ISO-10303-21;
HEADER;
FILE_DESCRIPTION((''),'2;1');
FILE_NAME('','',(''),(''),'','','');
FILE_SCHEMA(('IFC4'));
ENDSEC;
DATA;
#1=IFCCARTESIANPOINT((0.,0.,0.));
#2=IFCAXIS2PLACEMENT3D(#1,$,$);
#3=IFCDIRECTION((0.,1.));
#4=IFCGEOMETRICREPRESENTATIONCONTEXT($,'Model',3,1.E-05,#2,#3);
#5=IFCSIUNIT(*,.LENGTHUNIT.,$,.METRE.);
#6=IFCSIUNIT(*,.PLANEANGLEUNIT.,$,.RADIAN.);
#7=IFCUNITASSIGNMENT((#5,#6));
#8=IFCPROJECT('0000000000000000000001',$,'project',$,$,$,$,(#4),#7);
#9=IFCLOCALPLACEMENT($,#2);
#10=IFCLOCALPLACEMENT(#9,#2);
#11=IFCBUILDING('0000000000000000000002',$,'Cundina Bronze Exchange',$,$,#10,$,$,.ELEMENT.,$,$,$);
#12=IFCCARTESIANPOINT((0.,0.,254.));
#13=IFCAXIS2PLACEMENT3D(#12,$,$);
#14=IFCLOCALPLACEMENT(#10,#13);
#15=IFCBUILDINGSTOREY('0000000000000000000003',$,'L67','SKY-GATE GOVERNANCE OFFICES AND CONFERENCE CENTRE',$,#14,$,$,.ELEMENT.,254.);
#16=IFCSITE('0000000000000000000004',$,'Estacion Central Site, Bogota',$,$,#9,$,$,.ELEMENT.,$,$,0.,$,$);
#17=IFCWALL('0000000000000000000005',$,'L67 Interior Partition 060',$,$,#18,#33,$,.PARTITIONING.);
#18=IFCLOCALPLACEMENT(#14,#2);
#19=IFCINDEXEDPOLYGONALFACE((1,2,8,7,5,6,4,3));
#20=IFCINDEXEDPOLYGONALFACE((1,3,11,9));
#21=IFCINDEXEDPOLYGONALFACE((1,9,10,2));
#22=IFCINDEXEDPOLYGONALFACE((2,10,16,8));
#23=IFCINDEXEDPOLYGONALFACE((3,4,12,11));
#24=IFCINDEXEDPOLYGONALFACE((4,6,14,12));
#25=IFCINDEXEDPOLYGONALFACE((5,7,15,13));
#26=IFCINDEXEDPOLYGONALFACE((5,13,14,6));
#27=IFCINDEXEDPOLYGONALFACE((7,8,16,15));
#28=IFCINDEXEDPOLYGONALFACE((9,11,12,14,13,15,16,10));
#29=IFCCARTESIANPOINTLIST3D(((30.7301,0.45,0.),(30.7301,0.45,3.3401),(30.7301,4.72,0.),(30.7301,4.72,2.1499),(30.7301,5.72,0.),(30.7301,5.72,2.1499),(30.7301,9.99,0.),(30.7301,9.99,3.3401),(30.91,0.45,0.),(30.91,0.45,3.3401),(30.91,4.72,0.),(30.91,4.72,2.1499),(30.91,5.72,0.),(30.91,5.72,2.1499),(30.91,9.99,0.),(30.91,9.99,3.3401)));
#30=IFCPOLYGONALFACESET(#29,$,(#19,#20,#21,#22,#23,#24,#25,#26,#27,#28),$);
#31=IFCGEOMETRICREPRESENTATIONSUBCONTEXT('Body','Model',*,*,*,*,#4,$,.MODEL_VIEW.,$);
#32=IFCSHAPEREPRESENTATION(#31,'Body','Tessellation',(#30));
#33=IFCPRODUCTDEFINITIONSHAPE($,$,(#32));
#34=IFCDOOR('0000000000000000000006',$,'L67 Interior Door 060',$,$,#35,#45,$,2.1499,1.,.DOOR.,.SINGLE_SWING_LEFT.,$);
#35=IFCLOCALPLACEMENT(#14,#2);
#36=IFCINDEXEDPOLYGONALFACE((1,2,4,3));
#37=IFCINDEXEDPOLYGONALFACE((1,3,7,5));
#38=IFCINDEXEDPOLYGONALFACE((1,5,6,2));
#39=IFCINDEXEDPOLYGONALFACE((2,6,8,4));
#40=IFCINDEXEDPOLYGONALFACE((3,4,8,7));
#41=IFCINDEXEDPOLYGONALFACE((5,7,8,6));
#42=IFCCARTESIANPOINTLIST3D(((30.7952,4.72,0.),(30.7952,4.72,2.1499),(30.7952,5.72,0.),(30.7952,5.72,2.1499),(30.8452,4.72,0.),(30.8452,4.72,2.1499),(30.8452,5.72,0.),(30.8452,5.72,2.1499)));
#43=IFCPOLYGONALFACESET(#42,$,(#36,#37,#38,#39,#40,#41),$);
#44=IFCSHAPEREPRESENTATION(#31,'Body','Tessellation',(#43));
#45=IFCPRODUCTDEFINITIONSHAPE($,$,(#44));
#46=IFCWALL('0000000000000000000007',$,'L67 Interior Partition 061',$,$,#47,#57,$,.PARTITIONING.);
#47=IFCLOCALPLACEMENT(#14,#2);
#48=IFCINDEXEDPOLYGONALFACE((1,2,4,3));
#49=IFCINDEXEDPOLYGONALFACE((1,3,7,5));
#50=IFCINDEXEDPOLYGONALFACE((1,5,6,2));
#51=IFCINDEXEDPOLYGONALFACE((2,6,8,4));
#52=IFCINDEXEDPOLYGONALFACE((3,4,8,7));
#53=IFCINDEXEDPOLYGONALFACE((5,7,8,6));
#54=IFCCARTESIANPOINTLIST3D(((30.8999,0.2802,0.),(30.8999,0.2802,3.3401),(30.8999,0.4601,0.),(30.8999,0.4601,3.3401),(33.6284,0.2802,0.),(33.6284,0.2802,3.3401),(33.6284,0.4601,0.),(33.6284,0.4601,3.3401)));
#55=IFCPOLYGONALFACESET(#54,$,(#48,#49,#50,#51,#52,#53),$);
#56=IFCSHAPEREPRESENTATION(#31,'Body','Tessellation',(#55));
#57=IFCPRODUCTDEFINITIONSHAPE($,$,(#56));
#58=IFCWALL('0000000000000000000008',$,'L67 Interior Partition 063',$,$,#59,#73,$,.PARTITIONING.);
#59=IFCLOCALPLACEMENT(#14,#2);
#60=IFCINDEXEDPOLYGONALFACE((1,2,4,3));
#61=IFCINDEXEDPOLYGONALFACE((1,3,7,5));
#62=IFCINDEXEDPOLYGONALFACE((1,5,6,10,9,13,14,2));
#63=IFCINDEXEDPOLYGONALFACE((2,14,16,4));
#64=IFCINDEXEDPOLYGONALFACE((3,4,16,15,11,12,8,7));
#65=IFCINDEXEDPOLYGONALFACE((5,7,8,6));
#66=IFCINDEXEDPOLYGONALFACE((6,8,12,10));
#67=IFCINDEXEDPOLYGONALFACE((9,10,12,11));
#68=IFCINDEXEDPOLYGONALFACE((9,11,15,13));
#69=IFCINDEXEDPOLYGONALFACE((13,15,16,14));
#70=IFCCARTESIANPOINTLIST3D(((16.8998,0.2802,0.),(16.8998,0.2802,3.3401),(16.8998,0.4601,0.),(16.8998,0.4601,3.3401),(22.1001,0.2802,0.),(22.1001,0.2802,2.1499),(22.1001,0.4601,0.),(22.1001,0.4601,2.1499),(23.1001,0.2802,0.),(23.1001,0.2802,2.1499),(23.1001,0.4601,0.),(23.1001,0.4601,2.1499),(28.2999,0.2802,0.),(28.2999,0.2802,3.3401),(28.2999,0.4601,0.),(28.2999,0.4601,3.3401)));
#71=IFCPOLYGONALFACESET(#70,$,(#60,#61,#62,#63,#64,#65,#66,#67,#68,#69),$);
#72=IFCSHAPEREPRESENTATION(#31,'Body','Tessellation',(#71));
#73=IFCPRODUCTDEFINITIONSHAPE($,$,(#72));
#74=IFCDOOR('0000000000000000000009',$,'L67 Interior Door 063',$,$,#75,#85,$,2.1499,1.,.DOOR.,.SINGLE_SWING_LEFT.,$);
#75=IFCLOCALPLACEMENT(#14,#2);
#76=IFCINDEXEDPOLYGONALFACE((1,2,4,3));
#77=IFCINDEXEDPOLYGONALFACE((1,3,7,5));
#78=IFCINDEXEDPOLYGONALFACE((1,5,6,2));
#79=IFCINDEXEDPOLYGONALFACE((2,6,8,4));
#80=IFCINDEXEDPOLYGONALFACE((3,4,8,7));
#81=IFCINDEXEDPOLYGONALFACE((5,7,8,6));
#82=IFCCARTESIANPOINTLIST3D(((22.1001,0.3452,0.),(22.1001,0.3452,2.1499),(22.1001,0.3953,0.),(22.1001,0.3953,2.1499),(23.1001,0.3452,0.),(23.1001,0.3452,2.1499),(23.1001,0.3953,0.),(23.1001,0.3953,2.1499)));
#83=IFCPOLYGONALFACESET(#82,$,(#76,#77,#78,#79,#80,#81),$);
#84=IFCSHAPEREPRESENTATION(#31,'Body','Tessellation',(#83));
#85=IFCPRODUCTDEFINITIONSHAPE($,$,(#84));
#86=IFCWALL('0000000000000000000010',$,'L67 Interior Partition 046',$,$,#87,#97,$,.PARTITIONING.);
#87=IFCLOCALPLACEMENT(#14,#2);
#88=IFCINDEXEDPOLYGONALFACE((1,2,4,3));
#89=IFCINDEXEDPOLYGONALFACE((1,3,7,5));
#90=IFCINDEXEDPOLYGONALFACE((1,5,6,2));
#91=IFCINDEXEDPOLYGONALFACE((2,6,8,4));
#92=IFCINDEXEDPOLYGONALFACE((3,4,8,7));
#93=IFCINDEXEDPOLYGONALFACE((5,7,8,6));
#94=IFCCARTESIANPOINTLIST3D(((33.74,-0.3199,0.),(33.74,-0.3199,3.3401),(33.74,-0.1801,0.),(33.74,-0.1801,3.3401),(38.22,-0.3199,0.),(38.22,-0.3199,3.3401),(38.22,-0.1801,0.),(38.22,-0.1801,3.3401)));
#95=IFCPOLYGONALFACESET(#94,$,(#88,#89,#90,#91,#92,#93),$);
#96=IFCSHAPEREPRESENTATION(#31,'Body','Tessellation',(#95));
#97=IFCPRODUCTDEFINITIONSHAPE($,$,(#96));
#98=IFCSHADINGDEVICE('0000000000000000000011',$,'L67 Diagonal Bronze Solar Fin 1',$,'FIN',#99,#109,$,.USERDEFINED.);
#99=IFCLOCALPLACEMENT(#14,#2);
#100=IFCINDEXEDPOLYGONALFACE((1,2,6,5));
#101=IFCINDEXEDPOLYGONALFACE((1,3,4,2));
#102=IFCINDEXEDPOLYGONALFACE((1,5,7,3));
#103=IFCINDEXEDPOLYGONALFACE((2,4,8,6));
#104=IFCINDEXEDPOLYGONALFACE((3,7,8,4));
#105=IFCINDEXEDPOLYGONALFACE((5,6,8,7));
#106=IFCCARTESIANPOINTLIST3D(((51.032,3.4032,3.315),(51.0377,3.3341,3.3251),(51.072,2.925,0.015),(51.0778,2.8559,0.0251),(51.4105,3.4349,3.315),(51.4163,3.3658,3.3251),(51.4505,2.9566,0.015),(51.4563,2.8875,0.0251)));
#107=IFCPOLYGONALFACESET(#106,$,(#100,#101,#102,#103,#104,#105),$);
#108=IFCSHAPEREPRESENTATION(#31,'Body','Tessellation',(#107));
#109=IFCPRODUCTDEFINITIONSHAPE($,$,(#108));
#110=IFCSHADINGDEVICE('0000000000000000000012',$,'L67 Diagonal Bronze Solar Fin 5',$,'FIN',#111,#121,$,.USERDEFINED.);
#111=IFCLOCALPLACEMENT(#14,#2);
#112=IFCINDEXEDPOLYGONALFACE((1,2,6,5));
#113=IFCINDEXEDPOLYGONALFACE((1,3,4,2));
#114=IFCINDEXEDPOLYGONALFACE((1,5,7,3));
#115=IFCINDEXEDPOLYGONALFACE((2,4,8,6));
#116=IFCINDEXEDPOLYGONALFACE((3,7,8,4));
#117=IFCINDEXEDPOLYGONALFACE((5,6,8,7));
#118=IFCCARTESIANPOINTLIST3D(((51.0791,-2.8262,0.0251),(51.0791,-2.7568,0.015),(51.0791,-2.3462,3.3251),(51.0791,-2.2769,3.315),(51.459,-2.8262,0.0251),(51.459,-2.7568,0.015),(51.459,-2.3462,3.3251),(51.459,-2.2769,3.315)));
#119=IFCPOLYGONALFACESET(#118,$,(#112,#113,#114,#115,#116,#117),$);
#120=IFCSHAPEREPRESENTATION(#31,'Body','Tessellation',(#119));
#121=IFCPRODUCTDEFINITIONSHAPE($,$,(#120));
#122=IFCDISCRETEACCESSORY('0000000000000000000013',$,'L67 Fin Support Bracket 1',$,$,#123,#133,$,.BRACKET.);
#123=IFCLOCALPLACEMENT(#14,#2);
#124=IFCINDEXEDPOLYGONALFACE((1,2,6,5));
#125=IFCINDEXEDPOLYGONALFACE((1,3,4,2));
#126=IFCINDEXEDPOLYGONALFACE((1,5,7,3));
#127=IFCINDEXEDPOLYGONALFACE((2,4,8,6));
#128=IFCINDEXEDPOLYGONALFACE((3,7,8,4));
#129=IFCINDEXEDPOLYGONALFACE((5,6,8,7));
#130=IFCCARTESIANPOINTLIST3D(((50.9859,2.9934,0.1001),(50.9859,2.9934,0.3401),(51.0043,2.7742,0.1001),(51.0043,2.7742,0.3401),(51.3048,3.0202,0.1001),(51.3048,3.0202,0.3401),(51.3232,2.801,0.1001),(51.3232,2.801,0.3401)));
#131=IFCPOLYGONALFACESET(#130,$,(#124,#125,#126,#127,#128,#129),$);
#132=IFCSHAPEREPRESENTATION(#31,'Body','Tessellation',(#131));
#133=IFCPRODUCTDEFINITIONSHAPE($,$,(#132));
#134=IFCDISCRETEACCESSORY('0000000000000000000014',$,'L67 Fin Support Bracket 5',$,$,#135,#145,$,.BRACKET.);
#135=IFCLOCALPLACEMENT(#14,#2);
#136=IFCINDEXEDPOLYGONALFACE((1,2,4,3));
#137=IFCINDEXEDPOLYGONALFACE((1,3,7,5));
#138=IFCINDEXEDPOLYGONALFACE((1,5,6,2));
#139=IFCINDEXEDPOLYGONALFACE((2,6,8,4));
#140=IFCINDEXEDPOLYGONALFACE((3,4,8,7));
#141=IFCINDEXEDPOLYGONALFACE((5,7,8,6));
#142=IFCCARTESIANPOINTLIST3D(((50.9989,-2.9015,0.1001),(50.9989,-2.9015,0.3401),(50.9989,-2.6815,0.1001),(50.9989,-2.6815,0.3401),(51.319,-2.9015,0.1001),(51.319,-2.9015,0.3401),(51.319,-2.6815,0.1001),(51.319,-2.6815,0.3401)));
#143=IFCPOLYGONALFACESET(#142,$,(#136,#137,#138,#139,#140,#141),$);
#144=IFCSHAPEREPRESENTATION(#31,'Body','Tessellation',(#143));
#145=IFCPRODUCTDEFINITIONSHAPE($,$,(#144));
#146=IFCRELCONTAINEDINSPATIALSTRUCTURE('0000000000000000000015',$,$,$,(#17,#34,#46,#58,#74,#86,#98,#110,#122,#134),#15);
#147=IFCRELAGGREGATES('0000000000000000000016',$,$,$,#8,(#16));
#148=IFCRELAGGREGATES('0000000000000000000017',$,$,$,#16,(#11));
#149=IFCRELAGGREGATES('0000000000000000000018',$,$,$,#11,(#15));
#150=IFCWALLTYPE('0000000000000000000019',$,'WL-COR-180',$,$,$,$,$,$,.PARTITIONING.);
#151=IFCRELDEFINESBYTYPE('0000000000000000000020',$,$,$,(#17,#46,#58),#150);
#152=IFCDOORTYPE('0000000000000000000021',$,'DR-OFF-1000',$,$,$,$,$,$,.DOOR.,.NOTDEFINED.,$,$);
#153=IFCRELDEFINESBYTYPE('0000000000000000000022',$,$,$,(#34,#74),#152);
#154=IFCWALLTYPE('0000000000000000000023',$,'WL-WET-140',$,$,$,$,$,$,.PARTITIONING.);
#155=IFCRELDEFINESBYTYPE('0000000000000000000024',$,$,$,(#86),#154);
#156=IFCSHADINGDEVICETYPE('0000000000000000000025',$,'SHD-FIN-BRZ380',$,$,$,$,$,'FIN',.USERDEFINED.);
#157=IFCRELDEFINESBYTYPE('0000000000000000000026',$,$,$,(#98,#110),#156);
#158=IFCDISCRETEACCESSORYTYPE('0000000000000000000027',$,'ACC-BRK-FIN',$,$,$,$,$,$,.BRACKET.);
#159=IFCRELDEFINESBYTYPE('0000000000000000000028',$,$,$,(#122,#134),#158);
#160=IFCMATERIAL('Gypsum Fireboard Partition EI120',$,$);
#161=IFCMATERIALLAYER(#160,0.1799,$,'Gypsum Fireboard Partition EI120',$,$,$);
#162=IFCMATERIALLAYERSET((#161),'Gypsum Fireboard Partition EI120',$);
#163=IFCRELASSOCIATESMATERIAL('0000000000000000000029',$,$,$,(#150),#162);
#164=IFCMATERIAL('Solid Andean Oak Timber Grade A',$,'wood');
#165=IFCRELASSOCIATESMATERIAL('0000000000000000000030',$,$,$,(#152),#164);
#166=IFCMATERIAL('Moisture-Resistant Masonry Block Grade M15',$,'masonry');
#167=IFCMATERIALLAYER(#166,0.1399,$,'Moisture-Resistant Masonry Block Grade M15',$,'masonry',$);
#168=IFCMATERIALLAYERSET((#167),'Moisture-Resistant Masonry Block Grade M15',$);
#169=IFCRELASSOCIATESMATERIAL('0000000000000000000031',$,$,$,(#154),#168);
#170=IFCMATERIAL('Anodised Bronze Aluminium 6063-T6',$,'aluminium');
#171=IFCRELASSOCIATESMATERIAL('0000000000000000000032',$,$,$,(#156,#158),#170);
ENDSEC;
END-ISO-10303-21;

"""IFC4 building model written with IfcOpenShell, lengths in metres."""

from ifc_helpers import new_model, si_unit, direction, frame, frame_2d, origin, origin_2d, place, context, subcontext, project, spatial, rectangle, extrude, material, layer, layer_set, material_profile, profile_set, type_object, element, fill, save


model = new_model("IFC4")

# Units and contexts
model_context = context("Model", 3, precision=1e-05, world=origin(), true_north=direction((0.0, 1.0)))
body_context = subcontext(model_context, "Body", "Model", "MODEL_VIEW")
ifc_project = project(units=[si_unit("LENGTHUNIT", "METRE"), si_unit("PLANEANGLEUNIT", "RADIAN")], contexts=[model_context])

# Site, building, storey
site_placement = place(None, origin())
site = spatial("IfcSite", under=ifc_project, at=site_placement, Name="Estacion Central Site, Bogota", CompositionType="ELEMENT", RefElevation=0.0)
building_placement = place(site_placement, origin())
building = spatial("IfcBuilding", under=site, at=building_placement, Name="Cundina Bronze Exchange", CompositionType="ELEMENT")
storey_placement = place(building_placement, frame((0.0, 0.0, 254.0)))
storey = spatial("IfcBuildingStorey", under=building, at=storey_placement, Name="L67", Description="SKY-GATE GOVERNANCE OFFICES AND CONFERENCE CENTRE", CompositionType="ELEMENT", Elevation=254.0)

# Shared definitions
ifc_material_1 = material(Name="Anodised Bronze Aluminium 6063-T6", Category="aluminium")

# Wall, opening, door
ifc_material_2 = material(Name="Gypsum Fireboard Partition EI120")
ifc_layer_1 = layer(ifc_material_2, 0.1799, Name="Gypsum Fireboard Partition EI120")
ifc_layer_set_1 = layer_set([ifc_layer_1], Name="Gypsum Fireboard Partition EI120")
wall_type_1 = type_object("IfcWallType", Name="WL-COR-180", PredefinedType="PARTITIONING", material=ifc_layer_set_1)
wall_1_placement = place(storey_placement, frame((30.8201, 0.45, 0.0), z_axis=(0.0, 0.0, 1.0), x_axis=(0.0, 1.0, 0.0)))
wall_1 = element("IfcWall", 1, at=wall_1_placement, inside=storey, type_object=wall_type_1, Name="L67 Interior Partition 060", PredefinedType="PARTITIONING", context=body_context, shape_type="SweptSolid", body=[
    extrude(rectangle(XDim=9.54, YDim=0.1799, at=frame_2d((4.77, 0.0))), origin(), (0.0, 0.0, 1.0), 3.3401),
])
opening_1_placement = place(wall_1_placement, frame((4.27, 0.0, 0.0)))
opening_1 = element("IfcOpeningElement", 2, at=opening_1_placement, cuts=wall_1, PredefinedType="OPENING", context=body_context, shape_type="SweptSolid", body=[
    extrude(rectangle(XDim=1.0, YDim=2.1499, at=frame_2d((0.5, 1.075))), frame((0.0, 0.0999, 0.0), z_axis=(0.0, -1.0, 0.0), x_axis=(1.0, 0.0, 0.0)), (0.0, 0.0, 1.0), 0.2),
])
ifc_material_3 = material(Name="Solid Andean Oak Timber Grade A", Category="wood")
door_type_1 = type_object("IfcDoorType", Name="DR-OFF-1000", OperationType="NOTDEFINED", PredefinedType="DOOR", material=ifc_material_3)
door_1_placement = place(opening_1_placement, origin())
door_1 = element("IfcDoor", 3, at=door_1_placement, inside=storey, type_object=door_type_1, Name="L67 Interior Door 060", OperationType="SINGLE_SWING_LEFT", OverallHeight=2.1499, OverallWidth=1.0, PredefinedType="DOOR", context=body_context, shape_type="SweptSolid", body=[
    extrude(rectangle(XDim=1.0, YDim=2.1499, at=frame_2d((0.5, 1.075))), frame((0.0, 0.0249, 0.0), z_axis=(0.0, -1.0, 0.0), x_axis=(1.0, 0.0, 0.0)), (0.0, 0.0, 1.0), 0.05),
])
fill(opening_1, door_1)

# Wall
wall_2_placement = place(storey_placement, frame((33.6284, 0.3701, 0.0), z_axis=(0.0, 0.0, 1.0), x_axis=(-1.0, 0.0, 0.0)))
element("IfcWall", 4, at=wall_2_placement, inside=storey, type_object=wall_type_1, Name="L67 Interior Partition 061", PredefinedType="PARTITIONING", context=body_context, shape_type="SweptSolid", body=[
    extrude(rectangle(XDim=2.7285, YDim=0.1799, at=frame_2d((1.3643, 0.0))), origin(), (0.0, 0.0, 1.0), 3.3401),
])

# Wall, opening, door
wall_3_placement = place(storey_placement, frame((28.3, 0.3701, 0.0), z_axis=(0.0, 0.0, 1.0), x_axis=(-1.0, 0.0, 0.0)))
wall_3 = element("IfcWall", 5, at=wall_3_placement, inside=storey, type_object=wall_type_1, Name="L67 Interior Partition 063", PredefinedType="PARTITIONING", context=body_context, shape_type="SweptSolid", body=[
    extrude(rectangle(XDim=11.4001, YDim=0.1799, at=frame_2d((5.7002, 0.0))), origin(), (0.0, 0.0, 1.0), 3.3401),
])
opening_2_placement = place(wall_3_placement, frame((5.2, 0.0, 0.0)))
opening_2 = element("IfcOpeningElement", 6, at=opening_2_placement, cuts=wall_3, PredefinedType="OPENING", context=body_context, shape_type="SweptSolid", body=[
    extrude(rectangle(XDim=1.0, YDim=2.1499, at=frame_2d((0.5, 1.075))), frame((0.0, 0.0999, 0.0), z_axis=(0.0, -1.0, 0.0), x_axis=(1.0, 0.0, 0.0)), (0.0, 0.0, 1.0), 0.2),
])
door_2_placement = place(opening_2_placement, origin())
door_2 = element("IfcDoor", 7, at=door_2_placement, inside=storey, type_object=door_type_1, Name="L67 Interior Door 063", OperationType="SINGLE_SWING_LEFT", OverallHeight=2.1499, OverallWidth=1.0, PredefinedType="DOOR", context=body_context, shape_type="SweptSolid", body=[
    extrude(rectangle(XDim=1.0, YDim=2.1499, at=frame_2d((0.5, 1.075))), frame((0.0, 0.0249, 0.0), z_axis=(0.0, -1.0, 0.0), x_axis=(1.0, 0.0, 0.0)), (0.0, 0.0, 1.0), 0.05),
])
fill(opening_2, door_2)

# Wall
ifc_material_4 = material(Name="Moisture-Resistant Masonry Block Grade M15", Category="masonry")
ifc_layer_2 = layer(ifc_material_4, 0.1399, Name="Moisture-Resistant Masonry Block Grade M15", Category="masonry")
ifc_layer_set_2 = layer_set([ifc_layer_2], Name="Moisture-Resistant Masonry Block Grade M15")
wall_type_2 = type_object("IfcWallType", Name="WL-WET-140", PredefinedType="PARTITIONING", material=ifc_layer_set_2)
wall_4_placement = place(storey_placement, frame((33.74, -0.25, 0.0), z_axis=(0.0, 0.0, 1.0), x_axis=(1.0, 0.0, 0.0)))
element("IfcWall", 8, at=wall_4_placement, inside=storey, type_object=wall_type_2, Name="L67 Interior Partition 046", PredefinedType="PARTITIONING", context=body_context, shape_type="SweptSolid", body=[
    extrude(rectangle(XDim=4.48, YDim=0.1399, at=frame_2d((2.24, 0.0))), origin(), (0.0, 0.0, 1.0), 3.3401),
])

# Shading devices
ifc_material_profile_1 = material_profile(ifc_material_1, rectangle(XDim=0.0701, YDim=0.3799, at=origin_2d()), Name="FIN70X380", Category="aluminium")
ifc_profile_set_1 = profile_set([ifc_material_profile_1], Name="Anodised Bronze Aluminium 6063-T6")
shading_device_type = type_object("IfcShadingDeviceType", Name="SHD-FIN-BRZ380", ElementType="FIN", PredefinedType="USERDEFINED", material=ifc_profile_set_1)
for number, where, z_axis, x_axis, name in (
    (9, (51.2642, 2.9062, 0.02), (-0.012007, 0.14342, 0.989589), (0.082556, -0.98614, 0.143921), "L67 Diagonal Bronze Solar Fin 1"),
    (10, (51.269, -2.7915, 0.02), (0.0, 0.143932, 0.989588), (0.0, -0.989588, 0.143932), "L67 Diagonal Bronze Solar Fin 5"),
):
    element("IfcShadingDevice", number, at=place(storey_placement, frame(where, z_axis=z_axis, x_axis=x_axis)), inside=storey, type_object=shading_device_type, Name=name, ObjectType="FIN", PredefinedType="USERDEFINED", context=body_context, shape_type="SweptSolid", body=[
        extrude(rectangle(XDim=0.0701, YDim=0.3799, at=origin_2d()), origin(), (0.0, 0.0, 1.0), 3.3347),
    ])

# Discrete accessories
discrete_accessory_type = type_object("IfcDiscreteAccessoryType", Name="ACC-BRK-FIN", PredefinedType="BRACKET", material=ifc_material_1)
for number, where, z_axis, x_axis, name in (
    (11, (51.1545, 2.8972, 0.1001), (0.0, 0.0, 1.0), (-0.083747, 0.996487, 0.0), "L67 Fin Support Bracket 1"),
    (12, (51.1589, -2.7915, 0.1001), (0.0, 0.0, 1.0), (0.0, 1.0, 0.0), "L67 Fin Support Bracket 5"),
):
    element("IfcDiscreteAccessory", number, at=place(storey_placement, frame(where, z_axis=z_axis, x_axis=x_axis)), inside=storey, type_object=discrete_accessory_type, Name=name, PredefinedType="BRACKET", context=body_context, shape_type="SweptSolid", body=[
        extrude(rectangle(XDim=0.22, YDim=0.3201, at=origin_2d()), origin(), (0.0, 0.0, 1.0), 0.24),
    ])

save(model, "model.ifc")
